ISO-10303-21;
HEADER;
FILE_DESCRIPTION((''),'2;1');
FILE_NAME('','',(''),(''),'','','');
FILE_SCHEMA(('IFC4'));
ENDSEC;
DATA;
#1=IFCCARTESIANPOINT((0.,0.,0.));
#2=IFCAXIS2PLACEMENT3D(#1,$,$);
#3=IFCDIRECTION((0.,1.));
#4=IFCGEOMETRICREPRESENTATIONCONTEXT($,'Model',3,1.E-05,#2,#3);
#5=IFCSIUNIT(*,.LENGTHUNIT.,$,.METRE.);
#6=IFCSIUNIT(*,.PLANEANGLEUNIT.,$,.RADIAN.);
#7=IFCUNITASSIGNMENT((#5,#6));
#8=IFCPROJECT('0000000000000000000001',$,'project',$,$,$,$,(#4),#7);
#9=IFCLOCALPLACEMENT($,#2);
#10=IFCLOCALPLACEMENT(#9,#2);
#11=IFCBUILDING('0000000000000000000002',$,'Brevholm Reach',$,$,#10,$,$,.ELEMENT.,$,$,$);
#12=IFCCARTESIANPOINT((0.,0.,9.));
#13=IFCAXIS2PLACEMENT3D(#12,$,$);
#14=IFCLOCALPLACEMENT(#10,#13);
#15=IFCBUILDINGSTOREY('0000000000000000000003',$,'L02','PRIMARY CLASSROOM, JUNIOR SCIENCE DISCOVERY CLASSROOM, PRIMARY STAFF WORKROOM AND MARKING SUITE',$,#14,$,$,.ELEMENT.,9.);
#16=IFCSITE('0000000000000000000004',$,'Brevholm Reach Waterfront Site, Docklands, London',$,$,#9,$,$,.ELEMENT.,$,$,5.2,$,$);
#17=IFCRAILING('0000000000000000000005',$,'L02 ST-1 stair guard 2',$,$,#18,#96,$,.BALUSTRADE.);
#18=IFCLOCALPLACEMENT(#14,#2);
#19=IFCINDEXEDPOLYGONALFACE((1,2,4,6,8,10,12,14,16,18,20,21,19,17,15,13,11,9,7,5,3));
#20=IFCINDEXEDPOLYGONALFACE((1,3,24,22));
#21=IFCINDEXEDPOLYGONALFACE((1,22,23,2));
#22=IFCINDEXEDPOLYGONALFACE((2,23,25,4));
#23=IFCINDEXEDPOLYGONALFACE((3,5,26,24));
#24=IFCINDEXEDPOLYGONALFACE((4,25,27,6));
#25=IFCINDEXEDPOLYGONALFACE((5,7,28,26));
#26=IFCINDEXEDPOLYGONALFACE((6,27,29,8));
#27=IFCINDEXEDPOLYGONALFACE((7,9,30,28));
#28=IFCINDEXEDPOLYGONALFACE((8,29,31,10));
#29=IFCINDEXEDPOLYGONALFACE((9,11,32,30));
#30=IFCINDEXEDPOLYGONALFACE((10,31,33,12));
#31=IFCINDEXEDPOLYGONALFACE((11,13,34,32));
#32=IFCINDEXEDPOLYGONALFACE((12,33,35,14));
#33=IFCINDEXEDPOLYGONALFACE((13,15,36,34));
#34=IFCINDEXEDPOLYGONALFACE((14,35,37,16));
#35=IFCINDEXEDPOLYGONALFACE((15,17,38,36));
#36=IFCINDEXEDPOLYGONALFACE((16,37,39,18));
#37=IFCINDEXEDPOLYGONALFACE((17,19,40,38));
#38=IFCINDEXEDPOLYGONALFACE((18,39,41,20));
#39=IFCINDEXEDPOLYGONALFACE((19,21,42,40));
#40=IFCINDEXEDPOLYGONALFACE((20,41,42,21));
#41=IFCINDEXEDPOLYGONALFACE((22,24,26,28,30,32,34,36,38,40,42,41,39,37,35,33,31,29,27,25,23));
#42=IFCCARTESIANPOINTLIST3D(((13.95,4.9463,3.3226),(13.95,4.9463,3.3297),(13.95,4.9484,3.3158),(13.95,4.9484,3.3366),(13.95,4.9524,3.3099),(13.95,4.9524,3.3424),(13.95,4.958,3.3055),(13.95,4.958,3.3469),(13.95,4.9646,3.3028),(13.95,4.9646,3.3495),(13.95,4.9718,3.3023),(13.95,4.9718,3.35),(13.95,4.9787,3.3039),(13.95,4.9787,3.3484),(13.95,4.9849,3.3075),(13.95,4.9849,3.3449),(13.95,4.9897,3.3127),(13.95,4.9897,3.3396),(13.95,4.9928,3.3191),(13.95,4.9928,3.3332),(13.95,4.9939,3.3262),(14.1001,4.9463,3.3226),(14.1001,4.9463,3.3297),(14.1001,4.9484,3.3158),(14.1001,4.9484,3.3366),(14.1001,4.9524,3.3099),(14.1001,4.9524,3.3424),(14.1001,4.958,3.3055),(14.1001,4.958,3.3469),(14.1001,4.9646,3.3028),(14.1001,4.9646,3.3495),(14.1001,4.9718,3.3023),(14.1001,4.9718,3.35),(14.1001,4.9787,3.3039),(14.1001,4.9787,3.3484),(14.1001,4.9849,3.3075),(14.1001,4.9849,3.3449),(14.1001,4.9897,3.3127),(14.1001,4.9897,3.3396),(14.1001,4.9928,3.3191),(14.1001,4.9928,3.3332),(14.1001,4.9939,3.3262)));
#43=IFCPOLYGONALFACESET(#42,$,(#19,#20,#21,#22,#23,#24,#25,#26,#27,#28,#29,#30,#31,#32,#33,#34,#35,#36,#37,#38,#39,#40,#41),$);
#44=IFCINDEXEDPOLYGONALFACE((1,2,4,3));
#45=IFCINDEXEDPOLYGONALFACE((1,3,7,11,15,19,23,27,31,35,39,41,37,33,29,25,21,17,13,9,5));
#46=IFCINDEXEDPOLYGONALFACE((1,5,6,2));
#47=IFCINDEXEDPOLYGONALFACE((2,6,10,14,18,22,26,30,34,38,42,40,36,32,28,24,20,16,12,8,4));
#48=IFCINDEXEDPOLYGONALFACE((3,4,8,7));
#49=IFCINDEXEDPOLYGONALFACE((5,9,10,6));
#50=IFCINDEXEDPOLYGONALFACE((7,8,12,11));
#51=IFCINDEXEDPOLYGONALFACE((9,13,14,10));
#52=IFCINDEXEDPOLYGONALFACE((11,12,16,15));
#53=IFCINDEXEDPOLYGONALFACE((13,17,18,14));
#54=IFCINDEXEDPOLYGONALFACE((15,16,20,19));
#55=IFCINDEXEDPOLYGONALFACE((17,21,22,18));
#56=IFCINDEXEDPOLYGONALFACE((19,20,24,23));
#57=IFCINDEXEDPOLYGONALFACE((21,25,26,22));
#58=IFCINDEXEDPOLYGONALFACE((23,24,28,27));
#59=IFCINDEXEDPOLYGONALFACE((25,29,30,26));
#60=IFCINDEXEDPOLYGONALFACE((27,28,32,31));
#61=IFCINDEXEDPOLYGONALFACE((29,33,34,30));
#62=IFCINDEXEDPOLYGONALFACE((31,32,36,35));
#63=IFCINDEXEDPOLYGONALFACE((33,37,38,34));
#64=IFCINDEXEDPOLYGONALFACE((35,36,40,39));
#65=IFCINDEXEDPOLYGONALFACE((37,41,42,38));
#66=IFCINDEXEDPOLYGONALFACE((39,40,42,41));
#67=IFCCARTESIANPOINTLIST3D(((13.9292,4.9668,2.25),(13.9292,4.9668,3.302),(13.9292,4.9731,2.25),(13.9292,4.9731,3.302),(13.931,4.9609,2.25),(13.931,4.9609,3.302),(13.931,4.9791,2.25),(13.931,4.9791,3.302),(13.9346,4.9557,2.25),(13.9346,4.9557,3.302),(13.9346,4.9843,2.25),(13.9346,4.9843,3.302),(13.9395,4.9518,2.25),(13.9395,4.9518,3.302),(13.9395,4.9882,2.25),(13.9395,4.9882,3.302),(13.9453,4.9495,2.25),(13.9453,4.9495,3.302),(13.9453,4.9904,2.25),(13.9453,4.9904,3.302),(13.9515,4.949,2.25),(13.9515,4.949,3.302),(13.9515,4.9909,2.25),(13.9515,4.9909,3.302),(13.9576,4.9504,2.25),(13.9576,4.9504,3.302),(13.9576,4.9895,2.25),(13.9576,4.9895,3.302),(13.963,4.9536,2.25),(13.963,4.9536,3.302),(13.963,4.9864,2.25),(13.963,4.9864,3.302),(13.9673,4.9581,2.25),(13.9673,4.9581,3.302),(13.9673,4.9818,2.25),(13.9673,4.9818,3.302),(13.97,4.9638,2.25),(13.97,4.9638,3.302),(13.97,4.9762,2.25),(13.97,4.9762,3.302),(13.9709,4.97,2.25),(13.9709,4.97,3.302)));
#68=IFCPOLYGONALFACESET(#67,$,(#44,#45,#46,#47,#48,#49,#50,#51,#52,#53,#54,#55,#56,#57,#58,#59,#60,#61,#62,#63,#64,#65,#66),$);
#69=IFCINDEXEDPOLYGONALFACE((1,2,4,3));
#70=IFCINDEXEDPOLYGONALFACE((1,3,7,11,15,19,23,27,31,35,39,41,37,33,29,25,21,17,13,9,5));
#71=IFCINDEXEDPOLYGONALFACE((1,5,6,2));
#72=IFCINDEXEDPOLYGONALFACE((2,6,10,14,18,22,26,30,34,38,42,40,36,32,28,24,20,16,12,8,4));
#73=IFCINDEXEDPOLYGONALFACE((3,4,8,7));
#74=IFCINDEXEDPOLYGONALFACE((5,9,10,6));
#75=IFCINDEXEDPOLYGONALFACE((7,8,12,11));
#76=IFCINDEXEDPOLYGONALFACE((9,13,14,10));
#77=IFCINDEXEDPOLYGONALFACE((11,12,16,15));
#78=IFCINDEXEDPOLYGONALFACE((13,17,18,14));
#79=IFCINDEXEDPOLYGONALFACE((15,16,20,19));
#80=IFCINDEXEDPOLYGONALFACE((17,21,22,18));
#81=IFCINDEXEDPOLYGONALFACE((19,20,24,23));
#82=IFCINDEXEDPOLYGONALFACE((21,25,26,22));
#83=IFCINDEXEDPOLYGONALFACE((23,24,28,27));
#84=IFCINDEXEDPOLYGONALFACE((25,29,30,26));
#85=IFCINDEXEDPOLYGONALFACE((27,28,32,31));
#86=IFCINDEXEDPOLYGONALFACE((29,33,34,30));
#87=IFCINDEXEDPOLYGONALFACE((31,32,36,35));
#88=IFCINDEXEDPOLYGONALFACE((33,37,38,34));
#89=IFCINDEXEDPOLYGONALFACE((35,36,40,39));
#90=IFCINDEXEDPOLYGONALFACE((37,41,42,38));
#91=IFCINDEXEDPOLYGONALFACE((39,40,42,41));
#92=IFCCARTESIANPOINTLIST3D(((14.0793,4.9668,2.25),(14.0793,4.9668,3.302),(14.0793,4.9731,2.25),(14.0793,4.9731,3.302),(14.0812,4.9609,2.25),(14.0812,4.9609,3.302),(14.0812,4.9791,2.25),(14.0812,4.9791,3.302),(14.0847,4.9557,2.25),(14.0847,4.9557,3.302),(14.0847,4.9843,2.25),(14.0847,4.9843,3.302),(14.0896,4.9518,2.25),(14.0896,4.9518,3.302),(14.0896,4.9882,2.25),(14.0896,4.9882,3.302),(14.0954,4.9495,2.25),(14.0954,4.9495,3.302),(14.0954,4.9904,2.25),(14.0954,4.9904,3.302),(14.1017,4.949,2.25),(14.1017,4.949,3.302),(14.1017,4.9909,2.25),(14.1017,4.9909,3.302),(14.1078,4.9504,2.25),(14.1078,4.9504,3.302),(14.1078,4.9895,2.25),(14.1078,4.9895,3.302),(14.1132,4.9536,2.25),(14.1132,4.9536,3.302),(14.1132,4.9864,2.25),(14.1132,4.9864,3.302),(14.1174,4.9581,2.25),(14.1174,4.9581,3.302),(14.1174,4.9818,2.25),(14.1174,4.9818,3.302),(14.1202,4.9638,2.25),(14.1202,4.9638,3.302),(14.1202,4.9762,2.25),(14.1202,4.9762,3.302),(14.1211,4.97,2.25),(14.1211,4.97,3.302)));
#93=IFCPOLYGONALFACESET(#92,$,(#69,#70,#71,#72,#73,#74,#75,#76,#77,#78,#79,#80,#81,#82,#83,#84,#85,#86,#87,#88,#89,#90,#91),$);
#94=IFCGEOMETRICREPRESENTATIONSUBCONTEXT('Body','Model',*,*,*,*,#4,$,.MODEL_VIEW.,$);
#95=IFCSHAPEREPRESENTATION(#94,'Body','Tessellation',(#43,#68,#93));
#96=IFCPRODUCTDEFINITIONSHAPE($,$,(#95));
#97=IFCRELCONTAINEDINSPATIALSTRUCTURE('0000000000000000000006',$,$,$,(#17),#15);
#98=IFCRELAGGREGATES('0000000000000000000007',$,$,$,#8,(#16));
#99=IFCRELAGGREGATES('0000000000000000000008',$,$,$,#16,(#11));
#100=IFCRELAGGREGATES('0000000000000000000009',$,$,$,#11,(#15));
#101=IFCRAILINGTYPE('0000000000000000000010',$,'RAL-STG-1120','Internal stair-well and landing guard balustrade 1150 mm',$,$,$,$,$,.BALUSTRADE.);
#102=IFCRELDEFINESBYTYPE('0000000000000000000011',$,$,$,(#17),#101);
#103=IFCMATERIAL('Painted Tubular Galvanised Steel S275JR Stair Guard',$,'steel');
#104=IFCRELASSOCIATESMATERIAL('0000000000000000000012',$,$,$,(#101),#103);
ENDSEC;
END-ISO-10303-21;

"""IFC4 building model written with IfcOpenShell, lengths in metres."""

from ifc_helpers import new_model, si_unit, direction, frame, origin, origin_2d, place, context, subcontext, project, spatial, circle, extrude, material, type_object, element, save


model = new_model("IFC4")

# Units and contexts
model_context = context("Model", 3, precision=1e-05, world=origin(), true_north=direction((0.0, 1.0)))
body_context = subcontext(model_context, "Body", "Model", "MODEL_VIEW")
ifc_project = project(units=[si_unit("LENGTHUNIT", "METRE"), si_unit("PLANEANGLEUNIT", "RADIAN")], contexts=[model_context])

# Site, building, storey
site_placement = place(None, origin())
site = spatial("IfcSite", under=ifc_project, at=site_placement, Name="Brevholm Reach Waterfront Site, Docklands, London", CompositionType="ELEMENT", RefElevation=5.2)
building_placement = place(site_placement, origin())
building = spatial("IfcBuilding", under=site, at=building_placement, Name="Brevholm Reach", CompositionType="ELEMENT")
storey_placement = place(building_placement, frame((0.0, 0.0, 9.0)))
storey = spatial("IfcBuildingStorey", under=building, at=storey_placement, Name="L02", Description="PRIMARY CLASSROOM, JUNIOR SCIENCE DISCOVERY CLASSROOM, PRIMARY STAFF WORKROOM AND MARKING SUITE", CompositionType="ELEMENT", Elevation=9.0)

# Railing
ifc_material_1 = material(Name="Painted Tubular Galvanised Steel S275JR Stair Guard", Category="steel")
railing_type_1 = type_object("IfcRailingType", Name="RAL-STG-1120", Description="Internal stair-well and landing guard balustrade 1150 mm", PredefinedType="BALUSTRADE", material=ifc_material_1)
railing_1_placement = place(storey_placement, frame((13.95, 4.97, 2.25)))
element("IfcRailing", 1, at=railing_1_placement, inside=storey, type_object=railing_type_1, Name="L02 ST-1 stair guard 2", PredefinedType="BALUSTRADE", context=body_context, shape_type="SweptSolid", body=[
    extrude(circle(Radius=0.0239, at=origin_2d()), frame((0.0, 0.0, 1.0762), z_axis=(1.0, 0.0, 0.0), x_axis=(0.0, 1.0, 0.0)), (0.0, 0.0, 1.0), 0.1501),
    extrude(circle(Radius=0.021, at=origin_2d()), origin(), (0.0, 0.0, 1.0), 1.052),
    extrude(circle(Radius=0.021, at=origin_2d()), frame((0.1501, 0.0, 0.0)), (0.0, 0.0, 1.0), 1.052),
])

save(model, "model.ifc")
